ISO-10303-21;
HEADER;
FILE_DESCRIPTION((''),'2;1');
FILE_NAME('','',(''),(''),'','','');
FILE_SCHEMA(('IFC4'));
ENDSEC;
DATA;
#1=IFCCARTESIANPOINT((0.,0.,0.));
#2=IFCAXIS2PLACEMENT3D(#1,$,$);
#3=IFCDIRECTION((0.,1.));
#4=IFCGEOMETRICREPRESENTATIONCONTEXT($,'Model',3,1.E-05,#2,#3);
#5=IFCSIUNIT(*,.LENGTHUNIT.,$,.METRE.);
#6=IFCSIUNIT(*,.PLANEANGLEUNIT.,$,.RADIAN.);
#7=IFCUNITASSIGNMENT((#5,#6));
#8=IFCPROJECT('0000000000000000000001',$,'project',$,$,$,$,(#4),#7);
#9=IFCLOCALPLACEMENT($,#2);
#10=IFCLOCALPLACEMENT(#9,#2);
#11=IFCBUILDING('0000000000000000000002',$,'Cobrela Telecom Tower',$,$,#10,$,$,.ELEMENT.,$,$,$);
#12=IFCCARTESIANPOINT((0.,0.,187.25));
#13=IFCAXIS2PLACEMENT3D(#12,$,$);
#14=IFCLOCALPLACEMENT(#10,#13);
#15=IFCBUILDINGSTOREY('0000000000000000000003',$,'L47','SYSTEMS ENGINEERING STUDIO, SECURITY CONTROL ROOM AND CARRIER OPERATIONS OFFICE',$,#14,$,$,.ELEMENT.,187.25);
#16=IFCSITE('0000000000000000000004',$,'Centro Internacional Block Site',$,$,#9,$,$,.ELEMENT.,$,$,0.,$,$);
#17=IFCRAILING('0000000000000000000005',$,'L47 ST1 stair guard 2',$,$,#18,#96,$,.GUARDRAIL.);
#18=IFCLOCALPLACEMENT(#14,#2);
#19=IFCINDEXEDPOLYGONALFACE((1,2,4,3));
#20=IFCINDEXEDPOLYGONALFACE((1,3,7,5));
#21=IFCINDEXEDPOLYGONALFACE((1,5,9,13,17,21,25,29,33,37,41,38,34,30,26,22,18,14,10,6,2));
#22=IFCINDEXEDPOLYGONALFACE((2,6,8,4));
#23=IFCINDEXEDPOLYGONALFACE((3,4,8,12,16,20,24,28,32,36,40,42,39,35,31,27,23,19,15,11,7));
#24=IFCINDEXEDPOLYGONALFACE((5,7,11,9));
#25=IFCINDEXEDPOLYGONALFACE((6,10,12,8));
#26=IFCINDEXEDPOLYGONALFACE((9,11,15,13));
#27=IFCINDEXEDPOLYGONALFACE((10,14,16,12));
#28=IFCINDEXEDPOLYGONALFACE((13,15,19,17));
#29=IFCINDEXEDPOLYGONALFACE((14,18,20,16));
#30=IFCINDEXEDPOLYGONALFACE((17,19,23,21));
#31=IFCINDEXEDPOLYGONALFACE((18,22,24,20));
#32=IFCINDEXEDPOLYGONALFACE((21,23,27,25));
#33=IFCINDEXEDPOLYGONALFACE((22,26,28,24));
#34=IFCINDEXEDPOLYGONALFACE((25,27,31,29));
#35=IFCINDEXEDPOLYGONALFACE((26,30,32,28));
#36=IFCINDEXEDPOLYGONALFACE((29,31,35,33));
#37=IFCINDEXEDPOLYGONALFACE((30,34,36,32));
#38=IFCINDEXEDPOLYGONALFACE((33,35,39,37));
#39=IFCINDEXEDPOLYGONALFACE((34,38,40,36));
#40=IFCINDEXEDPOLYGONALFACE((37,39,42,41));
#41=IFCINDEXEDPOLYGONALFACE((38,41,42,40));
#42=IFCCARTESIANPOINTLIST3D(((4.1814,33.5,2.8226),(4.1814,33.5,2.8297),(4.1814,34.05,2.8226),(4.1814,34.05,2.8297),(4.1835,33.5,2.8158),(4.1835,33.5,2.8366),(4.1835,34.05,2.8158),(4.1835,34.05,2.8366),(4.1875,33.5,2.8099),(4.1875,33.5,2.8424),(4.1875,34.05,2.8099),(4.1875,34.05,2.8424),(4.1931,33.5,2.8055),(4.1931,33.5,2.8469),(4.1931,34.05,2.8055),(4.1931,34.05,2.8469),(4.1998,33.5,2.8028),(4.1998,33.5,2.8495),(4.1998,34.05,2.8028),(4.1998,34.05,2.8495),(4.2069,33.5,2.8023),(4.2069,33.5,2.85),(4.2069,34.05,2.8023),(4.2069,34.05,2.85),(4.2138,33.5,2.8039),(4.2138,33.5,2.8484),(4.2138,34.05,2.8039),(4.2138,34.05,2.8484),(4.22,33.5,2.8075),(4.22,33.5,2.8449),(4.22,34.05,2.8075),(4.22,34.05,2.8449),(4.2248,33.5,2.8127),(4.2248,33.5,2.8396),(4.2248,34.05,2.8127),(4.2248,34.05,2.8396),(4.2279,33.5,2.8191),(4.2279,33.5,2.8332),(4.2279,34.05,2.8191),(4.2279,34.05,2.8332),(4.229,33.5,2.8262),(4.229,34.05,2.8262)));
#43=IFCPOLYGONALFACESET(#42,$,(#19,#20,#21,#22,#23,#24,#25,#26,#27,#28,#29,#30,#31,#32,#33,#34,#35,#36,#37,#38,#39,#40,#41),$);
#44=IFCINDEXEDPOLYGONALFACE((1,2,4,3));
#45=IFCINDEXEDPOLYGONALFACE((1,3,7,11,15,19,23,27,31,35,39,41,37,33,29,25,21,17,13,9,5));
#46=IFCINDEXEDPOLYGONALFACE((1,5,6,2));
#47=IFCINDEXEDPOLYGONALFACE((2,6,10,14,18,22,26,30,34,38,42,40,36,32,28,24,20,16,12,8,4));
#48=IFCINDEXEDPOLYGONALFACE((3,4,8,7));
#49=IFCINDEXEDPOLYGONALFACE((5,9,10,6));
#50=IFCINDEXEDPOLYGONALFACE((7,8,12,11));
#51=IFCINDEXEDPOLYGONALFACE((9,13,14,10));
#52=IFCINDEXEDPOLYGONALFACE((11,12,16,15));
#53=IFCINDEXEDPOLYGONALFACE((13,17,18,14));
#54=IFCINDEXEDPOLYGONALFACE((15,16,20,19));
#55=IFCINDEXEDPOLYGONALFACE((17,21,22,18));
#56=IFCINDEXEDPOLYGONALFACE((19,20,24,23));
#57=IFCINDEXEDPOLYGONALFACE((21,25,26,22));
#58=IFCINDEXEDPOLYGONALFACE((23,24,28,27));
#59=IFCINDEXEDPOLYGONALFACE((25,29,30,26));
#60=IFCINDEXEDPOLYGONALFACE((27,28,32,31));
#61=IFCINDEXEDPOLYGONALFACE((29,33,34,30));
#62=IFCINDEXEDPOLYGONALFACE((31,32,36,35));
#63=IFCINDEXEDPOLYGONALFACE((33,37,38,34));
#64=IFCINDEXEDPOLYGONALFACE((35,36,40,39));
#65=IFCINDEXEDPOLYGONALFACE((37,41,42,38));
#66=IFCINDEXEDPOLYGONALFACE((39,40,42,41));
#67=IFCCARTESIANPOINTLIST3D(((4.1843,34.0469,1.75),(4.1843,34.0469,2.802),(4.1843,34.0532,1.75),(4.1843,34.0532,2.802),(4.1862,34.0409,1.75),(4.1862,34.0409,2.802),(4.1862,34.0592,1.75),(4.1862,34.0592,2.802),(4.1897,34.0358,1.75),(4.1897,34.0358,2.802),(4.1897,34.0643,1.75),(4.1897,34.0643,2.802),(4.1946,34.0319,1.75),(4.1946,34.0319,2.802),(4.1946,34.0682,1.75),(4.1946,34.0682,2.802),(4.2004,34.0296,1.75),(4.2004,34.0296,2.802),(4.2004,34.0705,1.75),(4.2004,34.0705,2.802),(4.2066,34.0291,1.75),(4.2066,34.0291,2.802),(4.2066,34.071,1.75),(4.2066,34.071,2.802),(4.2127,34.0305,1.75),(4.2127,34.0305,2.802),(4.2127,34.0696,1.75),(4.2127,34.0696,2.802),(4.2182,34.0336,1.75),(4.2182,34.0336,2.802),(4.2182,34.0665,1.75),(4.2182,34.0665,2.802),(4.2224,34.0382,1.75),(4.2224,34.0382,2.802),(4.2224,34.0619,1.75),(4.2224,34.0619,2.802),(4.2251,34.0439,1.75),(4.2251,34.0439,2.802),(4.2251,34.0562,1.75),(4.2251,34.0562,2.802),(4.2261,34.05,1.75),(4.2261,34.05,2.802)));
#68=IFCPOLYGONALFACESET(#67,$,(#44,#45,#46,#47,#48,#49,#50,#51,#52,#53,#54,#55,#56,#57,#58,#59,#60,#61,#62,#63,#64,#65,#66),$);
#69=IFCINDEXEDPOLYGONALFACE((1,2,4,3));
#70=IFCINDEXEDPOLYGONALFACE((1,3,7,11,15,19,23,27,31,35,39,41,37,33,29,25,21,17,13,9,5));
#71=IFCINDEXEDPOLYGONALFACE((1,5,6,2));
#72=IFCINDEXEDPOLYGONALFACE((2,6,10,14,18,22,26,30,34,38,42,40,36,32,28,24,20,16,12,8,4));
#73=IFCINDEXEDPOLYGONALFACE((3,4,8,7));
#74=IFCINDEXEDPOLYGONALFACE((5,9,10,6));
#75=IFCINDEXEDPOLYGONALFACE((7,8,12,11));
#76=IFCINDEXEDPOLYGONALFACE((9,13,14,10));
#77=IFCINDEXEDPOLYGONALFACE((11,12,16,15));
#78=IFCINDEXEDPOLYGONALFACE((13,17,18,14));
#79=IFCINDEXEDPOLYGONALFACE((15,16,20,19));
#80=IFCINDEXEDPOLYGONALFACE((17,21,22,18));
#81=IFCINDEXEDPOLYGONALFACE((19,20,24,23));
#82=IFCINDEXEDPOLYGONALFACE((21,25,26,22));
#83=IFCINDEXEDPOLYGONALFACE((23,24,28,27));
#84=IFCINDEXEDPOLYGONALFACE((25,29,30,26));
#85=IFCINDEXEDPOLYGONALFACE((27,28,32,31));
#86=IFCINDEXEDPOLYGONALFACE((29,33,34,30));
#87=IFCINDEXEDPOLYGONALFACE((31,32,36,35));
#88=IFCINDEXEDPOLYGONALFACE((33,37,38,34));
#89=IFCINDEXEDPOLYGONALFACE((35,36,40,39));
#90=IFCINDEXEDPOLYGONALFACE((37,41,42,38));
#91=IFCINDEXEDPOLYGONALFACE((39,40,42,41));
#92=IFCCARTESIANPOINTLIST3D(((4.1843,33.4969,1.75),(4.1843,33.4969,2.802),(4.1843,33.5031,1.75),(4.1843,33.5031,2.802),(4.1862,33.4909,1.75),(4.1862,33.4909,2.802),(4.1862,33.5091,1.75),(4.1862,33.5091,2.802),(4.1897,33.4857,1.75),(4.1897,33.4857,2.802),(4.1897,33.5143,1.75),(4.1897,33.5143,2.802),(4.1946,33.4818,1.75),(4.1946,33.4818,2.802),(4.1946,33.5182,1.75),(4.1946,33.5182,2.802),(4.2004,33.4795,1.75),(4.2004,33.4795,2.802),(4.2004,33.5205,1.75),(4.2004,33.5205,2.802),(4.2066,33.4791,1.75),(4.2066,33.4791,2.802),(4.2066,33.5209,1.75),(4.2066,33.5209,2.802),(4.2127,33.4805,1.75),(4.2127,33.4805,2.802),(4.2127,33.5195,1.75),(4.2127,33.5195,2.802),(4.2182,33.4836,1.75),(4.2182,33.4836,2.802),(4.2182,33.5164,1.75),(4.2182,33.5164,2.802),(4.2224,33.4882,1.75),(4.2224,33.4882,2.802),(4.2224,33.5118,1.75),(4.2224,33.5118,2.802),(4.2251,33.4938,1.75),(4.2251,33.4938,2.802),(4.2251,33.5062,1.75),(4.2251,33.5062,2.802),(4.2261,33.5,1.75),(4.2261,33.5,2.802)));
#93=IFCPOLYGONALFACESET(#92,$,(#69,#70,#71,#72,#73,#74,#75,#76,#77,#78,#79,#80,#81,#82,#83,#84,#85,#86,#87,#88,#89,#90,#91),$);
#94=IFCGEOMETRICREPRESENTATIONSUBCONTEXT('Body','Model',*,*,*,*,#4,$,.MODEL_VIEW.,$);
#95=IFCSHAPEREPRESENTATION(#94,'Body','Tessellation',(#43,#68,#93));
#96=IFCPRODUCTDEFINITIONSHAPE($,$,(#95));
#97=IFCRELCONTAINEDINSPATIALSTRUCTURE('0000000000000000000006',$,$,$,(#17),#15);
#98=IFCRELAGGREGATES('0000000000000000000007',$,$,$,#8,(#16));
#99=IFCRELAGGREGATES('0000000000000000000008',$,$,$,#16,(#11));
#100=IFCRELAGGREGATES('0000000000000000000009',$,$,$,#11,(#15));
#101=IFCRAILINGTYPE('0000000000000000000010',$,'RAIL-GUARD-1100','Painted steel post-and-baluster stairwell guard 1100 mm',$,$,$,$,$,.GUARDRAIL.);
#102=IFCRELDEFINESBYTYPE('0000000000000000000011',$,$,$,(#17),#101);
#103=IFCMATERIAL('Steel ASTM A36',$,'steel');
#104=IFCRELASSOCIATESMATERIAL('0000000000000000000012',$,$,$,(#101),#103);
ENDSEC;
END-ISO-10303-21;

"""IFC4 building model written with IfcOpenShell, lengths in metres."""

from ifc_helpers import new_model, si_unit, direction, frame, origin, origin_2d, place, context, subcontext, project, spatial, circle, extrude, material, type_object, element, save


model = new_model("IFC4")

# Units and contexts
model_context = context("Model", 3, precision=1e-05, world=origin(), true_north=direction((0.0, 1.0)))
body_context = subcontext(model_context, "Body", "Model", "MODEL_VIEW")
ifc_project = project(units=[si_unit("LENGTHUNIT", "METRE"), si_unit("PLANEANGLEUNIT", "RADIAN")], contexts=[model_context])

# Site, building, storey
site_placement = place(None, origin())
site = spatial("IfcSite", under=ifc_project, at=site_placement, Name="Centro Internacional Block Site", CompositionType="ELEMENT", RefElevation=0.0)
building_placement = place(site_placement, origin())
building = spatial("IfcBuilding", under=site, at=building_placement, Name="Cobrela Telecom Tower", CompositionType="ELEMENT")
storey_placement = place(building_placement, frame((0.0, 0.0, 187.25)))
storey = spatial("IfcBuildingStorey", under=building, at=storey_placement, Name="L47", Description="SYSTEMS ENGINEERING STUDIO, SECURITY CONTROL ROOM AND CARRIER OPERATIONS OFFICE", CompositionType="ELEMENT", Elevation=187.25)

# Shared definitions
ifc_material_1 = material(Name="Steel ASTM A36", Category="steel")

# Railing
railing_type_1 = type_object("IfcRailingType", Name="RAIL-GUARD-1100", Description="Painted steel post-and-baluster stairwell guard 1100 mm", PredefinedType="GUARDRAIL", material=ifc_material_1)
railing_1_placement = place(storey_placement, frame((4.2051, 34.05, 1.75)))
element("IfcRailing", 1, at=railing_1_placement, inside=storey, type_object=railing_type_1, Name="L47 ST1 stair guard 2", PredefinedType="GUARDRAIL", context=body_context, shape_type="SweptSolid", body=[
    extrude(circle(Radius=0.0239, at=origin_2d()), frame((0.0, 0.0, 1.0762), z_axis=(0.0, -1.0, 0.0), x_axis=(1.0, 0.0, 0.0)), (0.0, 0.0, 1.0), 0.55),
    extrude(circle(Radius=0.021, at=origin_2d()), origin(), (0.0, 0.0, 1.0), 1.052),
    extrude(circle(Radius=0.021, at=origin_2d()), frame((0.0, -0.55, 0.0)), (0.0, 0.0, 1.0), 1.052),
])

save(model, "model.ifc")
